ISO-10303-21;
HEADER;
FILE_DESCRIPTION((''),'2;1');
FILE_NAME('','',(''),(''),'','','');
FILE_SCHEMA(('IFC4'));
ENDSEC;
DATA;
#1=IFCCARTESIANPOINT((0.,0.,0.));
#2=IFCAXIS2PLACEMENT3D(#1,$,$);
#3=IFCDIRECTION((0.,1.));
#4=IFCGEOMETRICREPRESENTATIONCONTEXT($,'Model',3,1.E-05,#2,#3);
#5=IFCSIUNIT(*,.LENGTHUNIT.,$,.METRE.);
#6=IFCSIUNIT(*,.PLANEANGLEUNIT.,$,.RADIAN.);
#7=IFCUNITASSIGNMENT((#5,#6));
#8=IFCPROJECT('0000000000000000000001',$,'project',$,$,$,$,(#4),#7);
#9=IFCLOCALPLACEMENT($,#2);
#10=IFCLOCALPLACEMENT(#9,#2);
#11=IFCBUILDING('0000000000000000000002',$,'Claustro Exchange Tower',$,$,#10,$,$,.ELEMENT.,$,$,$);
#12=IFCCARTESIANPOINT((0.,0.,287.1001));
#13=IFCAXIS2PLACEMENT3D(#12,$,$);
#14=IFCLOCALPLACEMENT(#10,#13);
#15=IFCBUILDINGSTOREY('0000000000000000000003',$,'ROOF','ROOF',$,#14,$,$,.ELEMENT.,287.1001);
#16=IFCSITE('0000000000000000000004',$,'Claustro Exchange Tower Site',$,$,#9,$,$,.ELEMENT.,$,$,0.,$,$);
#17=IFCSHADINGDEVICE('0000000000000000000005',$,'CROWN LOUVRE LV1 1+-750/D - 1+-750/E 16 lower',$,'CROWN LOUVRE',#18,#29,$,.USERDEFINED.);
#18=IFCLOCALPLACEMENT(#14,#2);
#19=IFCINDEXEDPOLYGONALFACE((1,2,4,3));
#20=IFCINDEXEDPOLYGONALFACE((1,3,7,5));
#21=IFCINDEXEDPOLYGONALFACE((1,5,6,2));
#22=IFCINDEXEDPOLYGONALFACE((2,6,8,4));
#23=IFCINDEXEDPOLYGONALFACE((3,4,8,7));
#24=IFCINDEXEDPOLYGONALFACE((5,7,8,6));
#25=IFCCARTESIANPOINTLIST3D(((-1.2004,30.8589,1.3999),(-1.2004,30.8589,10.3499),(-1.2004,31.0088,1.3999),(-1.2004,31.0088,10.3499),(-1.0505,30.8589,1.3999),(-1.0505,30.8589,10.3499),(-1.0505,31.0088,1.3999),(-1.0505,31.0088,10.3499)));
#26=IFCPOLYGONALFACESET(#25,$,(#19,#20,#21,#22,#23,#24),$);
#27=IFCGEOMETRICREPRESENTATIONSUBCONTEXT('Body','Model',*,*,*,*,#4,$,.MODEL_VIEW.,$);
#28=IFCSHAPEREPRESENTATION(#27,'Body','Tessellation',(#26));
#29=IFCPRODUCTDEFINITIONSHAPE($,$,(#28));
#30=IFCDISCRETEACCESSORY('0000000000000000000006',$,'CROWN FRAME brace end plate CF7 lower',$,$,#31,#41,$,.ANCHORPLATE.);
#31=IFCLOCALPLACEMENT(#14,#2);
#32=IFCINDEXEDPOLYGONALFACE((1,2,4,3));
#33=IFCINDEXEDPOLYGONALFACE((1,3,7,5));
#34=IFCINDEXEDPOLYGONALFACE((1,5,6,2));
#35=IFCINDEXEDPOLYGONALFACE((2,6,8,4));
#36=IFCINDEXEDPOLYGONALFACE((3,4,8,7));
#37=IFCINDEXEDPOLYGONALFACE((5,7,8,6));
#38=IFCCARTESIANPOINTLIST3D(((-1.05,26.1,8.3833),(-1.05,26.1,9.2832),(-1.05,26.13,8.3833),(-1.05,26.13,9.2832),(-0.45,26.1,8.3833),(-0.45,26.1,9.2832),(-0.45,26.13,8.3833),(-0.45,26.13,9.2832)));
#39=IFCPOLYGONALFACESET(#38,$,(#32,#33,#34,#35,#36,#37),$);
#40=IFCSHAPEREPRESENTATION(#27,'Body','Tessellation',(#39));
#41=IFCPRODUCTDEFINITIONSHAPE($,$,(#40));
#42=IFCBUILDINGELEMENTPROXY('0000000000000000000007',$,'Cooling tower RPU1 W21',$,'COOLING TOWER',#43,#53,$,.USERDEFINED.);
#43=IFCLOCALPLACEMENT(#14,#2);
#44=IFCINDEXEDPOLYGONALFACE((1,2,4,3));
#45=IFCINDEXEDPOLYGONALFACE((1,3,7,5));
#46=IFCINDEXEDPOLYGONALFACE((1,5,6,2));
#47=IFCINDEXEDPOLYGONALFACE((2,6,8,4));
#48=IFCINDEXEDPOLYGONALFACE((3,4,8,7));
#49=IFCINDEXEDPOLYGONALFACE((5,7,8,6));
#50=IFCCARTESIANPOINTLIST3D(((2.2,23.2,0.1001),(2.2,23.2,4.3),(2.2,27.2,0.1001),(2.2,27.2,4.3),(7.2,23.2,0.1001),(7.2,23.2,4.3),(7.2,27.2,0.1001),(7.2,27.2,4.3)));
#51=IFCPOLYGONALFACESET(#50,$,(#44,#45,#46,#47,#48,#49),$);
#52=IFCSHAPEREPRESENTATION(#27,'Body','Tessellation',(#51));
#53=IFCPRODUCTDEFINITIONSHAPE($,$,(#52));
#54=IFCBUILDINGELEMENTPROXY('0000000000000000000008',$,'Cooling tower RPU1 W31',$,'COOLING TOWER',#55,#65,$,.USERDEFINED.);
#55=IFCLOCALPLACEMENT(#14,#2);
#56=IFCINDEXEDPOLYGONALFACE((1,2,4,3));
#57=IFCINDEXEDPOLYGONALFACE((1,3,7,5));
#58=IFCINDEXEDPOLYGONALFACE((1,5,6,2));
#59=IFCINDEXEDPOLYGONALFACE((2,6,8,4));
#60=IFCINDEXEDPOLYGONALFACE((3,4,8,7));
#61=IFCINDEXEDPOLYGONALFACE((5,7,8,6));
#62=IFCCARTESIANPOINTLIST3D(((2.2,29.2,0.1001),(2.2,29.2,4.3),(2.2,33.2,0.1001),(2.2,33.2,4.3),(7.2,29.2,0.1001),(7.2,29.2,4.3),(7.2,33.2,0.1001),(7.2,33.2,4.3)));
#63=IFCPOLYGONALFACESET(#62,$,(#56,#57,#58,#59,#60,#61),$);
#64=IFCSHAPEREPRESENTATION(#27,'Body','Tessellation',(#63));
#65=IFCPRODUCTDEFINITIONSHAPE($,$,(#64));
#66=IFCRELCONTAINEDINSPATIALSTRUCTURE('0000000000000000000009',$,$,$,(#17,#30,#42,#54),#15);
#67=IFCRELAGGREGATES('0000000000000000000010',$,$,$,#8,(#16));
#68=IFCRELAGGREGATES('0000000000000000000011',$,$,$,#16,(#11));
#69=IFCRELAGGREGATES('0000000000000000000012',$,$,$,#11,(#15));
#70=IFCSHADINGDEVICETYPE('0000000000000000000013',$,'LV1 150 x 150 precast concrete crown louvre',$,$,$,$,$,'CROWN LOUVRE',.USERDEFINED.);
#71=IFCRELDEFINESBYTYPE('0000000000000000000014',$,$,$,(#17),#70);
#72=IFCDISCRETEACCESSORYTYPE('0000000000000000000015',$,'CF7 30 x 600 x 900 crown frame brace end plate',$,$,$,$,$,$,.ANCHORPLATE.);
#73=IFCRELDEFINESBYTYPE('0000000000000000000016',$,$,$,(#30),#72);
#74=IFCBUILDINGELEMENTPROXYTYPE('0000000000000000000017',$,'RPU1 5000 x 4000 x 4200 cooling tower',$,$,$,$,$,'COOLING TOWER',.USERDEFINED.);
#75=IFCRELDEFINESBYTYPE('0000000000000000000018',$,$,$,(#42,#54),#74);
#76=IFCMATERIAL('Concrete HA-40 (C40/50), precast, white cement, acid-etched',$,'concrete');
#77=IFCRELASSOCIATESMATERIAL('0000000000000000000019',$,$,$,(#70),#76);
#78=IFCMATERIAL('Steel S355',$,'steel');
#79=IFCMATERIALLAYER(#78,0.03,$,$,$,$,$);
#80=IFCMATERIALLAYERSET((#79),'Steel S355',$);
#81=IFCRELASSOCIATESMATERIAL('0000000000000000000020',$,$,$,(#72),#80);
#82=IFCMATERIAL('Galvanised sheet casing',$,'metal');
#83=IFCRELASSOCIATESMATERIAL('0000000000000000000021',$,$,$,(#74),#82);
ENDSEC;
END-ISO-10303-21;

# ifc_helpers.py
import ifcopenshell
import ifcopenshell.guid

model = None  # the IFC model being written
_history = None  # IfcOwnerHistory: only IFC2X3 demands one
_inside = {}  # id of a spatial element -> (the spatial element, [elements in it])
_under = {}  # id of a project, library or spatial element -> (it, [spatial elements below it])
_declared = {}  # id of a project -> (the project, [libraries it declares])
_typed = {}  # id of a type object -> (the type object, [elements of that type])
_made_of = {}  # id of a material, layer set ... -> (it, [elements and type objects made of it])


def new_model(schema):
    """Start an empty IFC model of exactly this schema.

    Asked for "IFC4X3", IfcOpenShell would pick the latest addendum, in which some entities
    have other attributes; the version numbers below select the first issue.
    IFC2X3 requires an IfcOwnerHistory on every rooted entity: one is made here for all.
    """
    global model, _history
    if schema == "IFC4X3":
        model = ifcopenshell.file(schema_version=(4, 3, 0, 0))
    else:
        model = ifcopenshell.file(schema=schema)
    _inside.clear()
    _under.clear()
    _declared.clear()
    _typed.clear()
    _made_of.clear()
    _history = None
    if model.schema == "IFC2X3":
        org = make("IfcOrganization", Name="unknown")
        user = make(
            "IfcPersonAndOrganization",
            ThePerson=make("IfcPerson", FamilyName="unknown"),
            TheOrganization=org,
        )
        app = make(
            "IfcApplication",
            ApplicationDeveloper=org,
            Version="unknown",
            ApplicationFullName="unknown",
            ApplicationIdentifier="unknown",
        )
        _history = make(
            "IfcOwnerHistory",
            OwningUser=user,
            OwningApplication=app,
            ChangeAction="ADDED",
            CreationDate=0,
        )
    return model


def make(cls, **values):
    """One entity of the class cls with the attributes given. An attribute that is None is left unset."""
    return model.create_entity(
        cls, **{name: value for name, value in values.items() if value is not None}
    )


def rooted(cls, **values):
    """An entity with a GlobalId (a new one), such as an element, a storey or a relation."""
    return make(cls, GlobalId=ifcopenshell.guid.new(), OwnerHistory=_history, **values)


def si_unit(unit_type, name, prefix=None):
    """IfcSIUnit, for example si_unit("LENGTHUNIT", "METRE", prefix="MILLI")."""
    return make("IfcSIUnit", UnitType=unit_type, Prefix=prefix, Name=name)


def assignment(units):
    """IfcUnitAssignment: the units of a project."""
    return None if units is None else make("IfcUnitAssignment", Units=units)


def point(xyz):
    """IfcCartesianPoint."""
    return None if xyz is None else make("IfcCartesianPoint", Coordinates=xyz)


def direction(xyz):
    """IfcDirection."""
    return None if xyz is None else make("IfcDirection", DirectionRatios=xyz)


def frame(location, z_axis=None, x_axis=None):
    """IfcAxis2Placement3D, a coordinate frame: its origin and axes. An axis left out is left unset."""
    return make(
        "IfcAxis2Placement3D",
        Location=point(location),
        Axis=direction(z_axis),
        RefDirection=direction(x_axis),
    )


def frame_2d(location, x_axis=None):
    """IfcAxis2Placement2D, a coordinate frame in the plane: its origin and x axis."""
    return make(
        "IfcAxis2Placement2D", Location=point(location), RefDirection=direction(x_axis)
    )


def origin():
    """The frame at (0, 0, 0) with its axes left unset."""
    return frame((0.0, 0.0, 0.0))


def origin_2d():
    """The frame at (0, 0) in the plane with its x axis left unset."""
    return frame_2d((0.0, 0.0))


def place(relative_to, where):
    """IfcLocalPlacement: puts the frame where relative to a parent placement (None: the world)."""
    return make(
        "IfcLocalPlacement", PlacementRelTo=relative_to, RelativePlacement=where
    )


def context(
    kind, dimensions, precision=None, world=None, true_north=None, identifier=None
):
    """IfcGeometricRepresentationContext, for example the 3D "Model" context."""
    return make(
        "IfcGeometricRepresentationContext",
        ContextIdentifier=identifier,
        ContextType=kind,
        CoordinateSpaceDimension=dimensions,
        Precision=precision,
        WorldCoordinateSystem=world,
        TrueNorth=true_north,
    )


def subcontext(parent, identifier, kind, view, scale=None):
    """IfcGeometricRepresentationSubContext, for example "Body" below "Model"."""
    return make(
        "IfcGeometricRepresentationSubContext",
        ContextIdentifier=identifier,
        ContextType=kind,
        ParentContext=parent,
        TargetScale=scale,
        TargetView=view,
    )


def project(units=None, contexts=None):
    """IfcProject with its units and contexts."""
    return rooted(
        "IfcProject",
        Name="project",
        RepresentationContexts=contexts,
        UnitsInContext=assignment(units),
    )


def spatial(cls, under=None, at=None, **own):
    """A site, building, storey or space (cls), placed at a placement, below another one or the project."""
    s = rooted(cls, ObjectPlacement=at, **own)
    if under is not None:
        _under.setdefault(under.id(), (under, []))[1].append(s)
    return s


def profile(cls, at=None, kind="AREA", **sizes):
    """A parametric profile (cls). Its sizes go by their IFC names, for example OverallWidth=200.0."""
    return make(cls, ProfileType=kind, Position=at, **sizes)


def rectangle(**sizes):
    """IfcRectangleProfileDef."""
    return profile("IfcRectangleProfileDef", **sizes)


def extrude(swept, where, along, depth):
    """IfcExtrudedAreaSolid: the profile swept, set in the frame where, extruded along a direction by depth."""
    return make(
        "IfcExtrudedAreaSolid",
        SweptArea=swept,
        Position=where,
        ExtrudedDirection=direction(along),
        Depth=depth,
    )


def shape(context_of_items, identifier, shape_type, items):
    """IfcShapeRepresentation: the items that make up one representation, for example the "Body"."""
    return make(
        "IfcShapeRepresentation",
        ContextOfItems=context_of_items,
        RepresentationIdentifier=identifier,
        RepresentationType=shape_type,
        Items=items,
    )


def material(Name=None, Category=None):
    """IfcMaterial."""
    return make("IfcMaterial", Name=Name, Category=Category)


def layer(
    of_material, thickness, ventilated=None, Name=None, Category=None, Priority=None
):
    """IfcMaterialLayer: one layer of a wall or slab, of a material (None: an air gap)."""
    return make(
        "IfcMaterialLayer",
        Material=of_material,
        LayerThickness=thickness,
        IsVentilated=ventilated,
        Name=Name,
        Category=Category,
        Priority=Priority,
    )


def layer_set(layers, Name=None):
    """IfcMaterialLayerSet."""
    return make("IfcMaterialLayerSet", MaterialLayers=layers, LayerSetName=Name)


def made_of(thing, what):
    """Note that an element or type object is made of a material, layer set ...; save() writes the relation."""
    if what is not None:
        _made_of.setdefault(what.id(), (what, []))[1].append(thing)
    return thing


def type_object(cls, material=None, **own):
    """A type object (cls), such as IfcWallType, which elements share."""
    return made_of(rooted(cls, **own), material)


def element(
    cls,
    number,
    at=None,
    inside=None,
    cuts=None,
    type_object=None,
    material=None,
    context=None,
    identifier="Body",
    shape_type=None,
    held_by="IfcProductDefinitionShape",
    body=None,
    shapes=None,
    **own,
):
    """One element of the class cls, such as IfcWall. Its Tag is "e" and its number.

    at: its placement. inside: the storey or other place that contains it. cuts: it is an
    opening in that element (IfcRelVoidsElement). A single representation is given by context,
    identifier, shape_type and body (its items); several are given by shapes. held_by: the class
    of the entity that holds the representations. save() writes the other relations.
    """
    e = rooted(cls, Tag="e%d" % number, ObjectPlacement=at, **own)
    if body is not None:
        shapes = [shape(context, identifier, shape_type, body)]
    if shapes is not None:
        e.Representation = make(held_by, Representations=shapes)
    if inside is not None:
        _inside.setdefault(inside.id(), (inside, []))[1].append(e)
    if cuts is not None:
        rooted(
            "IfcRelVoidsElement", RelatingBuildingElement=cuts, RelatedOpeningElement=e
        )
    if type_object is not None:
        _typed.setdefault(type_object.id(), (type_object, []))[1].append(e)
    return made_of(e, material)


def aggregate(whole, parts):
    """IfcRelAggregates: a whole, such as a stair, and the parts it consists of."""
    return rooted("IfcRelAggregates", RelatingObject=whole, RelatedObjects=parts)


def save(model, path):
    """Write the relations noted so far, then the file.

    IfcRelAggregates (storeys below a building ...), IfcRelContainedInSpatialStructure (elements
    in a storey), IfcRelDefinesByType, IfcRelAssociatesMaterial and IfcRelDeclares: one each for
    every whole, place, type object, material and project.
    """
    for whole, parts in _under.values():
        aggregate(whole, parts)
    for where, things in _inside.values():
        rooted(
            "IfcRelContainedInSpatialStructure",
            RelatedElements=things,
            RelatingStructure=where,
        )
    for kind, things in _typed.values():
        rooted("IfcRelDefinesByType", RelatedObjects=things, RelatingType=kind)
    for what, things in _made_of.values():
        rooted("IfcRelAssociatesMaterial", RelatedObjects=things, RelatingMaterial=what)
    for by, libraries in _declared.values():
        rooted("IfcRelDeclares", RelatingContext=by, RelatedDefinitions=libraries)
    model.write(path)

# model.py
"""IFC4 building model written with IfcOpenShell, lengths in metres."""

from ifc_helpers import new_model, si_unit, direction, frame, origin, origin_2d, place, context, subcontext, project, spatial, rectangle, extrude, material, layer, layer_set, type_object, element, save


model = new_model("IFC4")

# Units and contexts
model_context = context("Model", 3, precision=1e-05, world=origin(), true_north=direction((0.0, 1.0)))
body_context = subcontext(model_context, "Body", "Model", "MODEL_VIEW")
ifc_project = project(units=[si_unit("LENGTHUNIT", "METRE"), si_unit("PLANEANGLEUNIT", "RADIAN")], contexts=[model_context])

# Site, building, storey
site_placement = place(None, origin())
site = spatial("IfcSite", under=ifc_project, at=site_placement, Name="Claustro Exchange Tower Site", CompositionType="ELEMENT", RefElevation=0.0)
building_placement = place(site_placement, origin())
building = spatial("IfcBuilding", under=site, at=building_placement, Name="Claustro Exchange Tower", CompositionType="ELEMENT")
storey_placement = place(building_placement, frame((0.0, 0.0, 287.1001)))
storey = spatial("IfcBuildingStorey", under=building, at=storey_placement, Name="ROOF", Description="ROOF", CompositionType="ELEMENT", Elevation=287.1001)

# Shading device
ifc_material_1 = material(Name="Concrete HA-40 (C40/50), precast, white cement, acid-etched", Category="concrete")
shading_device_type = type_object("IfcShadingDeviceType", Name="LV1 150 x 150 precast concrete crown louvre", ElementType="CROWN LOUVRE", PredefinedType="USERDEFINED", material=ifc_material_1)
for number, where, z_axis, x_axis, name in (
    (1, (-1.1255, 30.9338, 1.3999), (0.0, 0.0, 1.0), (0.0, 1.0, 0.0), "CROWN LOUVRE LV1 1+-750/D - 1+-750/E 16 lower"),
):
    element("IfcShadingDevice", number, at=place(storey_placement, frame(where, z_axis=z_axis, x_axis=x_axis)), inside=storey, type_object=shading_device_type, Name=name, ObjectType="CROWN LOUVRE", PredefinedType="USERDEFINED", context=body_context, shape_type="SweptSolid", body=[
        extrude(rectangle(XDim=0.1499, YDim=0.1499, at=origin_2d()), origin(), (0.0, 0.0, 1.0), 8.95),
    ])

# Discrete accessory
ifc_material_2 = material(Name="Steel S355", Category="steel")
ifc_layer_1 = layer(ifc_material_2, 0.03)
ifc_layer_set_1 = layer_set([ifc_layer_1], Name="Steel S355")
discrete_accessory_type = type_object("IfcDiscreteAccessoryType", Name="CF7 30 x 600 x 900 crown frame brace end plate", PredefinedType="ANCHORPLATE", material=ifc_layer_set_1)
discrete_accessory_placement = place(storey_placement, frame((-0.75, 26.115, 8.3833), z_axis=(0.0, 0.0, 1.0), x_axis=(0.0, -1.0, 0.0)))
element("IfcDiscreteAccessory", 2, at=discrete_accessory_placement, inside=storey, type_object=discrete_accessory_type, Name="CROWN FRAME brace end plate CF7 lower", PredefinedType="ANCHORPLATE", context=body_context, shape_type="SweptSolid", body=[
    extrude(rectangle(XDim=0.03, YDim=0.6001, at=origin_2d()), origin(), (0.0, 0.0, 1.0), 0.8999),
])

# Building element proxies
ifc_material_3 = material(Name="Galvanised sheet casing", Category="metal")
building_element_proxy_type = type_object("IfcBuildingElementProxyType", Name="RPU1 5000 x 4000 x 4200 cooling tower", ElementType="COOLING TOWER", PredefinedType="USERDEFINED", material=ifc_material_3)
for number, where, z_axis, x_axis, name in (
    (3, (4.7, 25.2, 0.1001), (0.0, 0.0, 1.0), (1.0, 0.0, 0.0), "Cooling tower RPU1 W21"),
    (4, (4.7, 31.2, 0.1001), (0.0, 0.0, 1.0), (1.0, 0.0, 0.0), "Cooling tower RPU1 W31"),
):
    element("IfcBuildingElementProxy", number, at=place(storey_placement, frame(where, z_axis=z_axis, x_axis=x_axis)), inside=storey, type_object=building_element_proxy_type, Name=name, ObjectType="COOLING TOWER", PredefinedType="USERDEFINED", context=body_context, shape_type="SweptSolid", body=[
        extrude(rectangle(XDim=5.0, YDim=4.0, at=origin_2d()), origin(), (0.0, 0.0, 1.0), 4.2),
    ])

save(model, "model.ifc")
